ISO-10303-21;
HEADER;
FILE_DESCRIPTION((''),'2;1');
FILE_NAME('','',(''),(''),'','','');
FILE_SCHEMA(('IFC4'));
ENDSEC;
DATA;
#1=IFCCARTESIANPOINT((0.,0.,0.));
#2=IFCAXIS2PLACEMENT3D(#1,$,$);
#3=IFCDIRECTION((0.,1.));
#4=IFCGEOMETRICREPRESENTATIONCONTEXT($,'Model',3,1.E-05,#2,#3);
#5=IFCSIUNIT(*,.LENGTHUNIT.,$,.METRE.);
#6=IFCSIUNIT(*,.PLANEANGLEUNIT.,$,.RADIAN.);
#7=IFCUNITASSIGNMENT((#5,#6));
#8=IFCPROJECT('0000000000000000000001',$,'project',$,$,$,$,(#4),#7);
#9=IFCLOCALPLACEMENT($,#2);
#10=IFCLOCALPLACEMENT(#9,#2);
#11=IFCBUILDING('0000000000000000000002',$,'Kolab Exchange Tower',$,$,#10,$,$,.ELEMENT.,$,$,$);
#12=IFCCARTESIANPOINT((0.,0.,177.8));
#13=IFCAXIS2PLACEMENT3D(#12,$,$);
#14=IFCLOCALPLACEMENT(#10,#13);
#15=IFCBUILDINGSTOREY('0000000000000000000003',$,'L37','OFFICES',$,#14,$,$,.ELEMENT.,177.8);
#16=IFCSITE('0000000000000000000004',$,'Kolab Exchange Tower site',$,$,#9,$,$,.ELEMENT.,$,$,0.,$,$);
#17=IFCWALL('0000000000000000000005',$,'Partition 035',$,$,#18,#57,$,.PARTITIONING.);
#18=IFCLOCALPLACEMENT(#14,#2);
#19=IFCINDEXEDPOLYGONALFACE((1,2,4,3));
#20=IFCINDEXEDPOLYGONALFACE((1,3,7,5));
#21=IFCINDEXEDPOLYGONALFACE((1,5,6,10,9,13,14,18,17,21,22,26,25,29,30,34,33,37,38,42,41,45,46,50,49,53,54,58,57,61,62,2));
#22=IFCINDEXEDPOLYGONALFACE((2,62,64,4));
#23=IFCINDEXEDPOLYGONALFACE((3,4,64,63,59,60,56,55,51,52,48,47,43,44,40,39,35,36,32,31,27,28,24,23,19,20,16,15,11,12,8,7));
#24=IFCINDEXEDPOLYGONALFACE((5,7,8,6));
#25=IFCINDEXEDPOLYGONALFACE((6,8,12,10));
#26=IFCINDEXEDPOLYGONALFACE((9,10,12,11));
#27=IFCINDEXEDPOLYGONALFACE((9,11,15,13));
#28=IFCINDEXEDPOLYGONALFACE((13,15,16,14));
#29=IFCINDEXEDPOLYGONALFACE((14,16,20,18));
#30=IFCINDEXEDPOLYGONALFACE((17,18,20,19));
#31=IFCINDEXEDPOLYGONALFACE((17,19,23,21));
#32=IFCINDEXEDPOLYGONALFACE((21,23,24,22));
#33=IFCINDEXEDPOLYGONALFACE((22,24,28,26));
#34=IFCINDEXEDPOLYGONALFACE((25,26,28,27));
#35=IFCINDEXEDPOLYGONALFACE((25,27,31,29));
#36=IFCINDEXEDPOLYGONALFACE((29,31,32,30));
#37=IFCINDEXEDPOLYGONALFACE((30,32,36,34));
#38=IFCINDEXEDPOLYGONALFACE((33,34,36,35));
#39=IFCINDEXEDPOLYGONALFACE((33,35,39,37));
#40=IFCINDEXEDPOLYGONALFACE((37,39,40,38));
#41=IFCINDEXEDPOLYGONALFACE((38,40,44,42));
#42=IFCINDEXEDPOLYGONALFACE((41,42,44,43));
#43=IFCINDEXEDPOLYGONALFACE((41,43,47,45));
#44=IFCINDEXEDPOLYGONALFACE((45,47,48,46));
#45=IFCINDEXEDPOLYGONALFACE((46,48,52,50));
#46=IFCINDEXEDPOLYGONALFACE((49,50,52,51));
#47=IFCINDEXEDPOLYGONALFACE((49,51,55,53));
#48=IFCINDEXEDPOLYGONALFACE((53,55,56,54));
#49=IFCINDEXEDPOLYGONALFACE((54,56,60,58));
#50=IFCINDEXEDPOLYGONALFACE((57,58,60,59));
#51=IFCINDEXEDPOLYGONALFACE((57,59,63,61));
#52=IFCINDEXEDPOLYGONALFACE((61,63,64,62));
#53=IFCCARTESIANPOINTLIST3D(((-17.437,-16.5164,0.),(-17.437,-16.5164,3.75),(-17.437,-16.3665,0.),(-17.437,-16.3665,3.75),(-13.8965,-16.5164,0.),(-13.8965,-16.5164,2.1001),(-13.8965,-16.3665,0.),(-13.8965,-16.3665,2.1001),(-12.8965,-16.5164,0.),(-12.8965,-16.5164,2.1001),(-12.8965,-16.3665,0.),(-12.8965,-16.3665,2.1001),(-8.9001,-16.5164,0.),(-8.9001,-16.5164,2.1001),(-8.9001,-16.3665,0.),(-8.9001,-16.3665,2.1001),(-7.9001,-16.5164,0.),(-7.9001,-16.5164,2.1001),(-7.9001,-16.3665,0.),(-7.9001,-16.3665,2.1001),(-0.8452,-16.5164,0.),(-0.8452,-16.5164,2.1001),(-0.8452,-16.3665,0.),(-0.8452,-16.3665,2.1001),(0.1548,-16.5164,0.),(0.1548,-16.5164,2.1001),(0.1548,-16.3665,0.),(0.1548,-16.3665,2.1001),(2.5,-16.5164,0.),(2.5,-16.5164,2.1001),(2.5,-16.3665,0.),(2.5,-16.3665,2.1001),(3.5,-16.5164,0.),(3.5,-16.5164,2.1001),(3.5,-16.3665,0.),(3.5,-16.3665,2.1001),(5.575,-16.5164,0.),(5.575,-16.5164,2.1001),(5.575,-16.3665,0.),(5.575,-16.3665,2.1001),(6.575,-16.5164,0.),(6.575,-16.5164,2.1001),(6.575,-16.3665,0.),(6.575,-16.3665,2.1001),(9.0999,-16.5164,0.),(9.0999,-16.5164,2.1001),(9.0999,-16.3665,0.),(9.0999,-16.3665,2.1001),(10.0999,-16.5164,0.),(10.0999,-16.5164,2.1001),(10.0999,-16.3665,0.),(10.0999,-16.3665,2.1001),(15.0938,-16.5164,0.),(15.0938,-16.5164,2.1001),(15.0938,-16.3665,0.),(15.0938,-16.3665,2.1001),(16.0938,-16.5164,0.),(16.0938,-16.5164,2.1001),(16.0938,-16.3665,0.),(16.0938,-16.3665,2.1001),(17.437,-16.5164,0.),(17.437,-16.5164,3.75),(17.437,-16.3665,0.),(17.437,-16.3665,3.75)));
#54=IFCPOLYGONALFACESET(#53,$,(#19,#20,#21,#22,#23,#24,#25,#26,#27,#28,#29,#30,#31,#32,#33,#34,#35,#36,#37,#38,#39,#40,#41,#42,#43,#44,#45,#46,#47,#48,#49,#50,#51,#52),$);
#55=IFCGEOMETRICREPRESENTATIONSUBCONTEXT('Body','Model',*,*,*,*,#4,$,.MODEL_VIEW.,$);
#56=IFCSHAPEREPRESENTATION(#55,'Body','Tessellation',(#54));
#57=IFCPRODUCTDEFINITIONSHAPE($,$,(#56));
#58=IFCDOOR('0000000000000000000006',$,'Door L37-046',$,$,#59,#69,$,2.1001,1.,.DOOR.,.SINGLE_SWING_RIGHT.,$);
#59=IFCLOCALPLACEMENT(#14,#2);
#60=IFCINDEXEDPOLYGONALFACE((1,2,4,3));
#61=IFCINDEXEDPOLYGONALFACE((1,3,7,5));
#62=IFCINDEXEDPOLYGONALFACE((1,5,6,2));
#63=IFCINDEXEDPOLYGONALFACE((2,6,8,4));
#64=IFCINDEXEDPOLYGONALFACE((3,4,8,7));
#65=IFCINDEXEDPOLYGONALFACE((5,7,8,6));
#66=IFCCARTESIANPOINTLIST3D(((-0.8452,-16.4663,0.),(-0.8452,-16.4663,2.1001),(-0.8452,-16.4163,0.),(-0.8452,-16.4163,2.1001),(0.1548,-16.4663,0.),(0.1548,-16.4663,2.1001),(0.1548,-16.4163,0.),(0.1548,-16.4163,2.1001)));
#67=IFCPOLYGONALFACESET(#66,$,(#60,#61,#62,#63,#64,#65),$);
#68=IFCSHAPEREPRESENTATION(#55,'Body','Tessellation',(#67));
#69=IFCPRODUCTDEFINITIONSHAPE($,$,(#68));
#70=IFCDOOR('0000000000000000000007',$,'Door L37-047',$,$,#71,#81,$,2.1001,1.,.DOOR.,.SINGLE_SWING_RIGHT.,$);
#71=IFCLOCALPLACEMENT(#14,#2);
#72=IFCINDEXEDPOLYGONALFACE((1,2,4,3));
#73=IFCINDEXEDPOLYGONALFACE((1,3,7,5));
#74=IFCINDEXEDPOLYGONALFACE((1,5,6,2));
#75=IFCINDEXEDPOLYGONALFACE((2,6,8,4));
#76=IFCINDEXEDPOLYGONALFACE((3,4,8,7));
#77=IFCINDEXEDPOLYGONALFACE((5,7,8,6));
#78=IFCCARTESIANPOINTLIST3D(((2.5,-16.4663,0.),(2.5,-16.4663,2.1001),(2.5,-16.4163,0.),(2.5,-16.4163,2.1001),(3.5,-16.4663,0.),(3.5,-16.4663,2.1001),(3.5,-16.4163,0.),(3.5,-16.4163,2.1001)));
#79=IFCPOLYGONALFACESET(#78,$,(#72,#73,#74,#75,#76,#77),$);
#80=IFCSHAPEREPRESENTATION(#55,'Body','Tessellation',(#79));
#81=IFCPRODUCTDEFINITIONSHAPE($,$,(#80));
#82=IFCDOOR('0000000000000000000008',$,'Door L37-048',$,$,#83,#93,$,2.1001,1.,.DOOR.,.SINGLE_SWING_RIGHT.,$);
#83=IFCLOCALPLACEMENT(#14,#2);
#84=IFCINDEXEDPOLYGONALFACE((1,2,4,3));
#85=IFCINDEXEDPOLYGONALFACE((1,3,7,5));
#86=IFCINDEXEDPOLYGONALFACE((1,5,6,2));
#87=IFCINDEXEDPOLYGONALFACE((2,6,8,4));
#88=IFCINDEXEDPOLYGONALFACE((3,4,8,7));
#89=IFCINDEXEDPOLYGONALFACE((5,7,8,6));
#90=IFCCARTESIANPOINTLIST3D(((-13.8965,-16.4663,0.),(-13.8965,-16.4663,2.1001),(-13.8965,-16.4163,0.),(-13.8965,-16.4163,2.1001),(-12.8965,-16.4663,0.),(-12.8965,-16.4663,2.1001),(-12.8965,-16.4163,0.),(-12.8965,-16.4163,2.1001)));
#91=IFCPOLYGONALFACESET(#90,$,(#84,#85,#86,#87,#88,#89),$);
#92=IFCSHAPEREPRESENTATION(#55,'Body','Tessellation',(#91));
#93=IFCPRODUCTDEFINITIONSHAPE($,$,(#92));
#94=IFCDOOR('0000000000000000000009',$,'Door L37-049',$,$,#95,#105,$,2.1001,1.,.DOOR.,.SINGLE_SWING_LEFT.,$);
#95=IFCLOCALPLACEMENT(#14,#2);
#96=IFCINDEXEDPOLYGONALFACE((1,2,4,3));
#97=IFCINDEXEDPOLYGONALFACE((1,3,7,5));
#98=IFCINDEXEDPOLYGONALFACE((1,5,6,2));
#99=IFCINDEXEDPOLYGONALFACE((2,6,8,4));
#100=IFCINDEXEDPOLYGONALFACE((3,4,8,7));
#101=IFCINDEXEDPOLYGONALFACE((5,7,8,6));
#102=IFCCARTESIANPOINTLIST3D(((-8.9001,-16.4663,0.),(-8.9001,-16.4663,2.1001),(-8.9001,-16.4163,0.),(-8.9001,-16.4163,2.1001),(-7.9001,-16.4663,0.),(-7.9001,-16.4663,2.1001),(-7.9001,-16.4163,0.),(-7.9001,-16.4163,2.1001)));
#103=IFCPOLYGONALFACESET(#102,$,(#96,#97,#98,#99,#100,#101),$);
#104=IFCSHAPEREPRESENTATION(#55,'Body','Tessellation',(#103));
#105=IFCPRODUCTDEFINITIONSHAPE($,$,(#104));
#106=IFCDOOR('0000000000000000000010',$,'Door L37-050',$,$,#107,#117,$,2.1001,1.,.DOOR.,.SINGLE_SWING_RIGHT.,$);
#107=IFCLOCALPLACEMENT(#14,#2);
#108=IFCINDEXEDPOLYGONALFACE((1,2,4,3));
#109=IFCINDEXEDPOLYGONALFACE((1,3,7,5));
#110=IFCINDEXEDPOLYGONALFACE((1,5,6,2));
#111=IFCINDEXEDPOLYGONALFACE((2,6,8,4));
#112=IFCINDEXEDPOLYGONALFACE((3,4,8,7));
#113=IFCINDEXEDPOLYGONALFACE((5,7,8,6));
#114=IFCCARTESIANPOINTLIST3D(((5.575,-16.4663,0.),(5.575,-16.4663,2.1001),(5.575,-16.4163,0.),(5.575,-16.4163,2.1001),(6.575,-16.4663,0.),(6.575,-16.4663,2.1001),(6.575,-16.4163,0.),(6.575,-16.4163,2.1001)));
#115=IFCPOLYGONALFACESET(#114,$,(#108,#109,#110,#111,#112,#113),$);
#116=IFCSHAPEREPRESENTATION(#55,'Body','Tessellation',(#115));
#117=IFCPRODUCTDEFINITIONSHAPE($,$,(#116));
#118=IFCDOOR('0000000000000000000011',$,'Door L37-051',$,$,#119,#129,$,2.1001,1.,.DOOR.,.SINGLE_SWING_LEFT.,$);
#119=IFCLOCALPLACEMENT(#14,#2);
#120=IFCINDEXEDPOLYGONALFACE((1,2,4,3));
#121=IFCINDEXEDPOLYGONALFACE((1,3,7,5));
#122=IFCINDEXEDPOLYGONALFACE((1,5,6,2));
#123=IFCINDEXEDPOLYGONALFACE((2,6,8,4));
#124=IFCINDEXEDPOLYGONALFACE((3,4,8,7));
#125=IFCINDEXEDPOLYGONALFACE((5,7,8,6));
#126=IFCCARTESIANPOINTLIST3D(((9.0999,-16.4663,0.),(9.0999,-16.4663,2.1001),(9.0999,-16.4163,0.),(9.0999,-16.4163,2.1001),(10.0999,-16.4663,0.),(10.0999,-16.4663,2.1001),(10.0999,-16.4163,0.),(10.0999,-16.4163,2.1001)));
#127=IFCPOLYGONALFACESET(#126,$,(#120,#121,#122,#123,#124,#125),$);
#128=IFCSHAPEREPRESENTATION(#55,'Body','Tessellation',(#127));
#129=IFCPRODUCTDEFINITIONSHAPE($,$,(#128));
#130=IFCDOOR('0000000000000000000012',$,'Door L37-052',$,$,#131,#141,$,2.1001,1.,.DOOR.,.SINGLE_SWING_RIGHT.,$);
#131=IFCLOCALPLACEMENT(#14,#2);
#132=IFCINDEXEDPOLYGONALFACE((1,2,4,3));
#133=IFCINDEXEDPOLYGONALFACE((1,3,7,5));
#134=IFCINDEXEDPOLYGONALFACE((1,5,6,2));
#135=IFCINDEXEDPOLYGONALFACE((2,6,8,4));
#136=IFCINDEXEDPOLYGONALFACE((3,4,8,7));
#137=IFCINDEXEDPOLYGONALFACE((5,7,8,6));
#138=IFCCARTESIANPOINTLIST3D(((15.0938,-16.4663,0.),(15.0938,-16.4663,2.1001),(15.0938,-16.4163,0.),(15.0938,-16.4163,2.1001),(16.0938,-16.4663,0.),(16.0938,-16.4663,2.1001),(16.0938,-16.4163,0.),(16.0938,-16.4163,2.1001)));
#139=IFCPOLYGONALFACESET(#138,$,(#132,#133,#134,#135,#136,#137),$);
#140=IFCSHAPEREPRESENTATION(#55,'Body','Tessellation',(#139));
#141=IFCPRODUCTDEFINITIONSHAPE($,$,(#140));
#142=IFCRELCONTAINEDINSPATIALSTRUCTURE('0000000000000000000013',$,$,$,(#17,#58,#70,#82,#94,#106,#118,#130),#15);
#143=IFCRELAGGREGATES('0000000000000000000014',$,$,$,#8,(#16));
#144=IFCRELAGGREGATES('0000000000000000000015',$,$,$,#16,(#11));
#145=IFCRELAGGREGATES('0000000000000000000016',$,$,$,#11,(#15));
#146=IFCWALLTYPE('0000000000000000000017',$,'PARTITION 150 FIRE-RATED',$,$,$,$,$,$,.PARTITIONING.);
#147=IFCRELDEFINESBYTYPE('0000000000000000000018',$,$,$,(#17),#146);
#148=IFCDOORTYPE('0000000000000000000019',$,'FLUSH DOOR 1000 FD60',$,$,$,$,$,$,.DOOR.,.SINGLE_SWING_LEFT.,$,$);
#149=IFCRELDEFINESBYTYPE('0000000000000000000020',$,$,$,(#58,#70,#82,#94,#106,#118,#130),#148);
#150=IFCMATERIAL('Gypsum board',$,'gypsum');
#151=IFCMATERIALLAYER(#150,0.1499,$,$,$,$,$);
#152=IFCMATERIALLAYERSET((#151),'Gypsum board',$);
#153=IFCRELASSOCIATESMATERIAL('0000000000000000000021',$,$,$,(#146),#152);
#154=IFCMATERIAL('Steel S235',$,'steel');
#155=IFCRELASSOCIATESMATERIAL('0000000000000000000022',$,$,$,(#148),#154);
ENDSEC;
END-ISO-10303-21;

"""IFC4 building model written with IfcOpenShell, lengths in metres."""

from ifc_helpers import new_model, si_unit, direction, frame, frame_2d, origin, place, context, subcontext, project, spatial, rectangle, extrude, material, layer, layer_set, type_object, element, fill, save


model = new_model("IFC4")

# Units and contexts
model_context = context("Model", 3, precision=1e-05, world=origin(), true_north=direction((0.0, 1.0)))
body_context = subcontext(model_context, "Body", "Model", "MODEL_VIEW")
ifc_project = project(units=[si_unit("LENGTHUNIT", "METRE"), si_unit("PLANEANGLEUNIT", "RADIAN")], contexts=[model_context])

# Site, building, storey
site_placement = place(None, origin())
site = spatial("IfcSite", under=ifc_project, at=site_placement, Name="Kolab Exchange Tower site", CompositionType="ELEMENT", RefElevation=0.0)
building_placement = place(site_placement, origin())
building = spatial("IfcBuilding", under=site, at=building_placement, Name="Kolab Exchange Tower", CompositionType="ELEMENT")
storey_placement = place(building_placement, frame((0.0, 0.0, 177.8)))
storey = spatial("IfcBuildingStorey", under=building, at=storey_placement, Name="L37", Description="OFFICES", CompositionType="ELEMENT", Elevation=177.8)

# Wall, openings, doors
ifc_material_1 = material(Name="Gypsum board", Category="gypsum")
ifc_layer_1 = layer(ifc_material_1, 0.1499)
ifc_layer_set_1 = layer_set([ifc_layer_1], Name="Gypsum board")
wall_type_1 = type_object("IfcWallType", Name="PARTITION 150 FIRE-RATED", PredefinedType="PARTITIONING", material=ifc_layer_set_1)
wall_1_placement = place(storey_placement, frame((-17.437, -16.4414, 0.0), z_axis=(0.0, 0.0, 1.0), x_axis=(1.0, 0.0, 0.0)))
wall_1 = element("IfcWall", 1, at=wall_1_placement, inside=storey, type_object=wall_type_1, Name="Partition 035", PredefinedType="PARTITIONING", context=body_context, shape_type="SweptSolid", body=[
    extrude(rectangle(XDim=34.874, YDim=0.1499, at=frame_2d((17.437, 0.0))), origin(), (0.0, 0.0, 1.0), 3.75),
])
opening_1_placement = place(wall_1_placement, frame((16.5918, 0.0, 0.0)))
opening_1 = element("IfcOpeningElement", 2, at=opening_1_placement, cuts=wall_1, PredefinedType="OPENING", context=body_context, shape_type="SweptSolid", body=[
    extrude(rectangle(XDim=1.0, YDim=2.1001, at=frame_2d((0.5, 1.05))), frame((0.0, 0.085, 0.0), z_axis=(0.0, -1.0, 0.0), x_axis=(1.0, 0.0, 0.0)), (0.0, 0.0, 1.0), 0.1699),
])
opening_2_placement = place(wall_1_placement, frame((19.937, 0.0, 0.0)))
opening_2 = element("IfcOpeningElement", 3, at=opening_2_placement, cuts=wall_1, PredefinedType="OPENING", context=body_context, shape_type="SweptSolid", body=[
    extrude(rectangle(XDim=1.0, YDim=2.1001, at=frame_2d((0.5, 1.05))), frame((0.0, 0.085, 0.0), z_axis=(0.0, -1.0, 0.0), x_axis=(1.0, 0.0, 0.0)), (0.0, 0.0, 1.0), 0.1699),
])
opening_3_placement = place(wall_1_placement, frame((3.5405, 0.0, 0.0)))
opening_3 = element("IfcOpeningElement", 4, at=opening_3_placement, cuts=wall_1, PredefinedType="OPENING", context=body_context, shape_type="SweptSolid", body=[
    extrude(rectangle(XDim=1.0, YDim=2.1001, at=frame_2d((0.5, 1.05))), frame((0.0, 0.085, 0.0), z_axis=(0.0, -1.0, 0.0), x_axis=(1.0, 0.0, 0.0)), (0.0, 0.0, 1.0), 0.1699),
])
opening_4_placement = place(wall_1_placement, frame((8.5369, 0.0, 0.0)))
opening_4 = element("IfcOpeningElement", 5, at=opening_4_placement, cuts=wall_1, PredefinedType="OPENING", context=body_context, shape_type="SweptSolid", body=[
    extrude(rectangle(XDim=1.0, YDim=2.1001, at=frame_2d((0.5, 1.05))), frame((0.0, 0.085, 0.0), z_axis=(0.0, -1.0, 0.0), x_axis=(1.0, 0.0, 0.0)), (0.0, 0.0, 1.0), 0.1699),
])
opening_5_placement = place(wall_1_placement, frame((23.012, 0.0, 0.0)))
opening_5 = element("IfcOpeningElement", 6, at=opening_5_placement, cuts=wall_1, PredefinedType="OPENING", context=body_context, shape_type="SweptSolid", body=[
    extrude(rectangle(XDim=1.0, YDim=2.1001, at=frame_2d((0.5, 1.05))), frame((0.0, 0.085, 0.0), z_axis=(0.0, -1.0, 0.0), x_axis=(1.0, 0.0, 0.0)), (0.0, 0.0, 1.0), 0.1699),
])
opening_6_placement = place(wall_1_placement, frame((26.5369, 0.0, 0.0)))
opening_6 = element("IfcOpeningElement", 7, at=opening_6_placement, cuts=wall_1, PredefinedType="OPENING", context=body_context, shape_type="SweptSolid", body=[
    extrude(rectangle(XDim=1.0, YDim=2.1001, at=frame_2d((0.5, 1.05))), frame((0.0, 0.085, 0.0), z_axis=(0.0, -1.0, 0.0), x_axis=(1.0, 0.0, 0.0)), (0.0, 0.0, 1.0), 0.1699),
])
opening_7_placement = place(wall_1_placement, frame((32.5308, 0.0, 0.0)))
opening_7 = element("IfcOpeningElement", 8, at=opening_7_placement, cuts=wall_1, PredefinedType="OPENING", context=body_context, shape_type="SweptSolid", body=[
    extrude(rectangle(XDim=1.0, YDim=2.1001, at=frame_2d((0.5, 1.05))), frame((0.0, 0.085, 0.0), z_axis=(0.0, -1.0, 0.0), x_axis=(1.0, 0.0, 0.0)), (0.0, 0.0, 1.0), 0.1699),
])
ifc_material_2 = material(Name="Steel S235", Category="steel")
door_type_1 = type_object("IfcDoorType", Name="FLUSH DOOR 1000 FD60", OperationType="SINGLE_SWING_LEFT", PredefinedType="DOOR", material=ifc_material_2)
door_1_placement = place(opening_1_placement, frame((1.0, 0.0, 0.0), z_axis=(0.0, 0.0, 1.0), x_axis=(-1.0, 0.0, 0.0)))
door_1 = element("IfcDoor", 9, at=door_1_placement, inside=storey, type_object=door_type_1, Name="Door L37-046", OperationType="SINGLE_SWING_RIGHT", OverallHeight=2.1001, OverallWidth=1.0, PredefinedType="DOOR", context=body_context, shape_type="SweptSolid", body=[
    extrude(rectangle(XDim=1.0, YDim=2.1001, at=frame_2d((0.5, 1.05))), frame((0.0, 0.0249, 0.0), z_axis=(0.0, -1.0, 0.0), x_axis=(1.0, 0.0, 0.0)), (0.0, 0.0, 1.0), 0.05),
])
fill(opening_1, door_1)
door_2_placement = place(opening_2_placement, frame((1.0, 0.0, 0.0), z_axis=(0.0, 0.0, 1.0), x_axis=(-1.0, 0.0, 0.0)))
door_2 = element("IfcDoor", 10, at=door_2_placement, inside=storey, type_object=door_type_1, Name="Door L37-047", OperationType="SINGLE_SWING_RIGHT", OverallHeight=2.1001, OverallWidth=1.0, PredefinedType="DOOR", context=body_context, shape_type="SweptSolid", body=[
    extrude(rectangle(XDim=1.0, YDim=2.1001, at=frame_2d((0.5, 1.05))), frame((0.0, 0.0249, 0.0), z_axis=(0.0, -1.0, 0.0), x_axis=(1.0, 0.0, 0.0)), (0.0, 0.0, 1.0), 0.05),
])
fill(opening_2, door_2)
door_3_placement = place(opening_3_placement, frame((1.0, 0.0, 0.0), z_axis=(0.0, 0.0, 1.0), x_axis=(-1.0, 0.0, 0.0)))
door_3 = element("IfcDoor", 11, at=door_3_placement, inside=storey, type_object=door_type_1, Name="Door L37-048", OperationType="SINGLE_SWING_RIGHT", OverallHeight=2.1001, OverallWidth=1.0, PredefinedType="DOOR", context=body_context, shape_type="SweptSolid", body=[
    extrude(rectangle(XDim=1.0, YDim=2.1001, at=frame_2d((0.5, 1.05))), frame((0.0, 0.0249, 0.0), z_axis=(0.0, -1.0, 0.0), x_axis=(1.0, 0.0, 0.0)), (0.0, 0.0, 1.0), 0.05),
])
fill(opening_3, door_3)
door_4_placement = place(opening_4_placement, frame((1.0, 0.0, 0.0), z_axis=(0.0, 0.0, 1.0), x_axis=(-1.0, 0.0, 0.0)))
door_4 = element("IfcDoor", 12, at=door_4_placement, inside=storey, type_object=door_type_1, Name="Door L37-049", OperationType="SINGLE_SWING_LEFT", OverallHeight=2.1001, OverallWidth=1.0, PredefinedType="DOOR", context=body_context, shape_type="SweptSolid", body=[
    extrude(rectangle(XDim=1.0, YDim=2.1001, at=frame_2d((0.5, 1.05))), frame((0.0, 0.0249, 0.0), z_axis=(0.0, -1.0, 0.0), x_axis=(1.0, 0.0, 0.0)), (0.0, 0.0, 1.0), 0.05),
])
fill(opening_4, door_4)
door_5_placement = place(opening_5_placement, frame((1.0, 0.0, 0.0), z_axis=(0.0, 0.0, 1.0), x_axis=(-1.0, 0.0, 0.0)))
door_5 = element("IfcDoor", 13, at=door_5_placement, inside=storey, type_object=door_type_1, Name="Door L37-050", OperationType="SINGLE_SWING_RIGHT", OverallHeight=2.1001, OverallWidth=1.0, PredefinedType="DOOR", context=body_context, shape_type="SweptSolid", body=[
    extrude(rectangle(XDim=1.0, YDim=2.1001, at=frame_2d((0.5, 1.05))), frame((0.0, 0.0249, 0.0), z_axis=(0.0, -1.0, 0.0), x_axis=(1.0, 0.0, 0.0)), (0.0, 0.0, 1.0), 0.05),
])
fill(opening_5, door_5)
door_6_placement = place(opening_6_placement, frame((1.0, 0.0, 0.0), z_axis=(0.0, 0.0, 1.0), x_axis=(-1.0, 0.0, 0.0)))
door_6 = element("IfcDoor", 14, at=door_6_placement, inside=storey, type_object=door_type_1, Name="Door L37-051", OperationType="SINGLE_SWING_LEFT", OverallHeight=2.1001, OverallWidth=1.0, PredefinedType="DOOR", context=body_context, shape_type="SweptSolid", body=[
    extrude(rectangle(XDim=1.0, YDim=2.1001, at=frame_2d((0.5, 1.05))), frame((0.0, 0.0249, 0.0), z_axis=(0.0, -1.0, 0.0), x_axis=(1.0, 0.0, 0.0)), (0.0, 0.0, 1.0), 0.05),
])
fill(opening_6, door_6)
door_7_placement = place(opening_7_placement, frame((1.0, 0.0, 0.0), z_axis=(0.0, 0.0, 1.0), x_axis=(-1.0, 0.0, 0.0)))
door_7 = element("IfcDoor", 15, at=door_7_placement, inside=storey, type_object=door_type_1, Name="Door L37-052", OperationType="SINGLE_SWING_RIGHT", OverallHeight=2.1001, OverallWidth=1.0, PredefinedType="DOOR", context=body_context, shape_type="SweptSolid", body=[
    extrude(rectangle(XDim=1.0, YDim=2.1001, at=frame_2d((0.5, 1.05))), frame((0.0, 0.0249, 0.0), z_axis=(0.0, -1.0, 0.0), x_axis=(1.0, 0.0, 0.0)), (0.0, 0.0, 1.0), 0.05),
])
fill(opening_7, door_7)

save(model, "model.ifc")
